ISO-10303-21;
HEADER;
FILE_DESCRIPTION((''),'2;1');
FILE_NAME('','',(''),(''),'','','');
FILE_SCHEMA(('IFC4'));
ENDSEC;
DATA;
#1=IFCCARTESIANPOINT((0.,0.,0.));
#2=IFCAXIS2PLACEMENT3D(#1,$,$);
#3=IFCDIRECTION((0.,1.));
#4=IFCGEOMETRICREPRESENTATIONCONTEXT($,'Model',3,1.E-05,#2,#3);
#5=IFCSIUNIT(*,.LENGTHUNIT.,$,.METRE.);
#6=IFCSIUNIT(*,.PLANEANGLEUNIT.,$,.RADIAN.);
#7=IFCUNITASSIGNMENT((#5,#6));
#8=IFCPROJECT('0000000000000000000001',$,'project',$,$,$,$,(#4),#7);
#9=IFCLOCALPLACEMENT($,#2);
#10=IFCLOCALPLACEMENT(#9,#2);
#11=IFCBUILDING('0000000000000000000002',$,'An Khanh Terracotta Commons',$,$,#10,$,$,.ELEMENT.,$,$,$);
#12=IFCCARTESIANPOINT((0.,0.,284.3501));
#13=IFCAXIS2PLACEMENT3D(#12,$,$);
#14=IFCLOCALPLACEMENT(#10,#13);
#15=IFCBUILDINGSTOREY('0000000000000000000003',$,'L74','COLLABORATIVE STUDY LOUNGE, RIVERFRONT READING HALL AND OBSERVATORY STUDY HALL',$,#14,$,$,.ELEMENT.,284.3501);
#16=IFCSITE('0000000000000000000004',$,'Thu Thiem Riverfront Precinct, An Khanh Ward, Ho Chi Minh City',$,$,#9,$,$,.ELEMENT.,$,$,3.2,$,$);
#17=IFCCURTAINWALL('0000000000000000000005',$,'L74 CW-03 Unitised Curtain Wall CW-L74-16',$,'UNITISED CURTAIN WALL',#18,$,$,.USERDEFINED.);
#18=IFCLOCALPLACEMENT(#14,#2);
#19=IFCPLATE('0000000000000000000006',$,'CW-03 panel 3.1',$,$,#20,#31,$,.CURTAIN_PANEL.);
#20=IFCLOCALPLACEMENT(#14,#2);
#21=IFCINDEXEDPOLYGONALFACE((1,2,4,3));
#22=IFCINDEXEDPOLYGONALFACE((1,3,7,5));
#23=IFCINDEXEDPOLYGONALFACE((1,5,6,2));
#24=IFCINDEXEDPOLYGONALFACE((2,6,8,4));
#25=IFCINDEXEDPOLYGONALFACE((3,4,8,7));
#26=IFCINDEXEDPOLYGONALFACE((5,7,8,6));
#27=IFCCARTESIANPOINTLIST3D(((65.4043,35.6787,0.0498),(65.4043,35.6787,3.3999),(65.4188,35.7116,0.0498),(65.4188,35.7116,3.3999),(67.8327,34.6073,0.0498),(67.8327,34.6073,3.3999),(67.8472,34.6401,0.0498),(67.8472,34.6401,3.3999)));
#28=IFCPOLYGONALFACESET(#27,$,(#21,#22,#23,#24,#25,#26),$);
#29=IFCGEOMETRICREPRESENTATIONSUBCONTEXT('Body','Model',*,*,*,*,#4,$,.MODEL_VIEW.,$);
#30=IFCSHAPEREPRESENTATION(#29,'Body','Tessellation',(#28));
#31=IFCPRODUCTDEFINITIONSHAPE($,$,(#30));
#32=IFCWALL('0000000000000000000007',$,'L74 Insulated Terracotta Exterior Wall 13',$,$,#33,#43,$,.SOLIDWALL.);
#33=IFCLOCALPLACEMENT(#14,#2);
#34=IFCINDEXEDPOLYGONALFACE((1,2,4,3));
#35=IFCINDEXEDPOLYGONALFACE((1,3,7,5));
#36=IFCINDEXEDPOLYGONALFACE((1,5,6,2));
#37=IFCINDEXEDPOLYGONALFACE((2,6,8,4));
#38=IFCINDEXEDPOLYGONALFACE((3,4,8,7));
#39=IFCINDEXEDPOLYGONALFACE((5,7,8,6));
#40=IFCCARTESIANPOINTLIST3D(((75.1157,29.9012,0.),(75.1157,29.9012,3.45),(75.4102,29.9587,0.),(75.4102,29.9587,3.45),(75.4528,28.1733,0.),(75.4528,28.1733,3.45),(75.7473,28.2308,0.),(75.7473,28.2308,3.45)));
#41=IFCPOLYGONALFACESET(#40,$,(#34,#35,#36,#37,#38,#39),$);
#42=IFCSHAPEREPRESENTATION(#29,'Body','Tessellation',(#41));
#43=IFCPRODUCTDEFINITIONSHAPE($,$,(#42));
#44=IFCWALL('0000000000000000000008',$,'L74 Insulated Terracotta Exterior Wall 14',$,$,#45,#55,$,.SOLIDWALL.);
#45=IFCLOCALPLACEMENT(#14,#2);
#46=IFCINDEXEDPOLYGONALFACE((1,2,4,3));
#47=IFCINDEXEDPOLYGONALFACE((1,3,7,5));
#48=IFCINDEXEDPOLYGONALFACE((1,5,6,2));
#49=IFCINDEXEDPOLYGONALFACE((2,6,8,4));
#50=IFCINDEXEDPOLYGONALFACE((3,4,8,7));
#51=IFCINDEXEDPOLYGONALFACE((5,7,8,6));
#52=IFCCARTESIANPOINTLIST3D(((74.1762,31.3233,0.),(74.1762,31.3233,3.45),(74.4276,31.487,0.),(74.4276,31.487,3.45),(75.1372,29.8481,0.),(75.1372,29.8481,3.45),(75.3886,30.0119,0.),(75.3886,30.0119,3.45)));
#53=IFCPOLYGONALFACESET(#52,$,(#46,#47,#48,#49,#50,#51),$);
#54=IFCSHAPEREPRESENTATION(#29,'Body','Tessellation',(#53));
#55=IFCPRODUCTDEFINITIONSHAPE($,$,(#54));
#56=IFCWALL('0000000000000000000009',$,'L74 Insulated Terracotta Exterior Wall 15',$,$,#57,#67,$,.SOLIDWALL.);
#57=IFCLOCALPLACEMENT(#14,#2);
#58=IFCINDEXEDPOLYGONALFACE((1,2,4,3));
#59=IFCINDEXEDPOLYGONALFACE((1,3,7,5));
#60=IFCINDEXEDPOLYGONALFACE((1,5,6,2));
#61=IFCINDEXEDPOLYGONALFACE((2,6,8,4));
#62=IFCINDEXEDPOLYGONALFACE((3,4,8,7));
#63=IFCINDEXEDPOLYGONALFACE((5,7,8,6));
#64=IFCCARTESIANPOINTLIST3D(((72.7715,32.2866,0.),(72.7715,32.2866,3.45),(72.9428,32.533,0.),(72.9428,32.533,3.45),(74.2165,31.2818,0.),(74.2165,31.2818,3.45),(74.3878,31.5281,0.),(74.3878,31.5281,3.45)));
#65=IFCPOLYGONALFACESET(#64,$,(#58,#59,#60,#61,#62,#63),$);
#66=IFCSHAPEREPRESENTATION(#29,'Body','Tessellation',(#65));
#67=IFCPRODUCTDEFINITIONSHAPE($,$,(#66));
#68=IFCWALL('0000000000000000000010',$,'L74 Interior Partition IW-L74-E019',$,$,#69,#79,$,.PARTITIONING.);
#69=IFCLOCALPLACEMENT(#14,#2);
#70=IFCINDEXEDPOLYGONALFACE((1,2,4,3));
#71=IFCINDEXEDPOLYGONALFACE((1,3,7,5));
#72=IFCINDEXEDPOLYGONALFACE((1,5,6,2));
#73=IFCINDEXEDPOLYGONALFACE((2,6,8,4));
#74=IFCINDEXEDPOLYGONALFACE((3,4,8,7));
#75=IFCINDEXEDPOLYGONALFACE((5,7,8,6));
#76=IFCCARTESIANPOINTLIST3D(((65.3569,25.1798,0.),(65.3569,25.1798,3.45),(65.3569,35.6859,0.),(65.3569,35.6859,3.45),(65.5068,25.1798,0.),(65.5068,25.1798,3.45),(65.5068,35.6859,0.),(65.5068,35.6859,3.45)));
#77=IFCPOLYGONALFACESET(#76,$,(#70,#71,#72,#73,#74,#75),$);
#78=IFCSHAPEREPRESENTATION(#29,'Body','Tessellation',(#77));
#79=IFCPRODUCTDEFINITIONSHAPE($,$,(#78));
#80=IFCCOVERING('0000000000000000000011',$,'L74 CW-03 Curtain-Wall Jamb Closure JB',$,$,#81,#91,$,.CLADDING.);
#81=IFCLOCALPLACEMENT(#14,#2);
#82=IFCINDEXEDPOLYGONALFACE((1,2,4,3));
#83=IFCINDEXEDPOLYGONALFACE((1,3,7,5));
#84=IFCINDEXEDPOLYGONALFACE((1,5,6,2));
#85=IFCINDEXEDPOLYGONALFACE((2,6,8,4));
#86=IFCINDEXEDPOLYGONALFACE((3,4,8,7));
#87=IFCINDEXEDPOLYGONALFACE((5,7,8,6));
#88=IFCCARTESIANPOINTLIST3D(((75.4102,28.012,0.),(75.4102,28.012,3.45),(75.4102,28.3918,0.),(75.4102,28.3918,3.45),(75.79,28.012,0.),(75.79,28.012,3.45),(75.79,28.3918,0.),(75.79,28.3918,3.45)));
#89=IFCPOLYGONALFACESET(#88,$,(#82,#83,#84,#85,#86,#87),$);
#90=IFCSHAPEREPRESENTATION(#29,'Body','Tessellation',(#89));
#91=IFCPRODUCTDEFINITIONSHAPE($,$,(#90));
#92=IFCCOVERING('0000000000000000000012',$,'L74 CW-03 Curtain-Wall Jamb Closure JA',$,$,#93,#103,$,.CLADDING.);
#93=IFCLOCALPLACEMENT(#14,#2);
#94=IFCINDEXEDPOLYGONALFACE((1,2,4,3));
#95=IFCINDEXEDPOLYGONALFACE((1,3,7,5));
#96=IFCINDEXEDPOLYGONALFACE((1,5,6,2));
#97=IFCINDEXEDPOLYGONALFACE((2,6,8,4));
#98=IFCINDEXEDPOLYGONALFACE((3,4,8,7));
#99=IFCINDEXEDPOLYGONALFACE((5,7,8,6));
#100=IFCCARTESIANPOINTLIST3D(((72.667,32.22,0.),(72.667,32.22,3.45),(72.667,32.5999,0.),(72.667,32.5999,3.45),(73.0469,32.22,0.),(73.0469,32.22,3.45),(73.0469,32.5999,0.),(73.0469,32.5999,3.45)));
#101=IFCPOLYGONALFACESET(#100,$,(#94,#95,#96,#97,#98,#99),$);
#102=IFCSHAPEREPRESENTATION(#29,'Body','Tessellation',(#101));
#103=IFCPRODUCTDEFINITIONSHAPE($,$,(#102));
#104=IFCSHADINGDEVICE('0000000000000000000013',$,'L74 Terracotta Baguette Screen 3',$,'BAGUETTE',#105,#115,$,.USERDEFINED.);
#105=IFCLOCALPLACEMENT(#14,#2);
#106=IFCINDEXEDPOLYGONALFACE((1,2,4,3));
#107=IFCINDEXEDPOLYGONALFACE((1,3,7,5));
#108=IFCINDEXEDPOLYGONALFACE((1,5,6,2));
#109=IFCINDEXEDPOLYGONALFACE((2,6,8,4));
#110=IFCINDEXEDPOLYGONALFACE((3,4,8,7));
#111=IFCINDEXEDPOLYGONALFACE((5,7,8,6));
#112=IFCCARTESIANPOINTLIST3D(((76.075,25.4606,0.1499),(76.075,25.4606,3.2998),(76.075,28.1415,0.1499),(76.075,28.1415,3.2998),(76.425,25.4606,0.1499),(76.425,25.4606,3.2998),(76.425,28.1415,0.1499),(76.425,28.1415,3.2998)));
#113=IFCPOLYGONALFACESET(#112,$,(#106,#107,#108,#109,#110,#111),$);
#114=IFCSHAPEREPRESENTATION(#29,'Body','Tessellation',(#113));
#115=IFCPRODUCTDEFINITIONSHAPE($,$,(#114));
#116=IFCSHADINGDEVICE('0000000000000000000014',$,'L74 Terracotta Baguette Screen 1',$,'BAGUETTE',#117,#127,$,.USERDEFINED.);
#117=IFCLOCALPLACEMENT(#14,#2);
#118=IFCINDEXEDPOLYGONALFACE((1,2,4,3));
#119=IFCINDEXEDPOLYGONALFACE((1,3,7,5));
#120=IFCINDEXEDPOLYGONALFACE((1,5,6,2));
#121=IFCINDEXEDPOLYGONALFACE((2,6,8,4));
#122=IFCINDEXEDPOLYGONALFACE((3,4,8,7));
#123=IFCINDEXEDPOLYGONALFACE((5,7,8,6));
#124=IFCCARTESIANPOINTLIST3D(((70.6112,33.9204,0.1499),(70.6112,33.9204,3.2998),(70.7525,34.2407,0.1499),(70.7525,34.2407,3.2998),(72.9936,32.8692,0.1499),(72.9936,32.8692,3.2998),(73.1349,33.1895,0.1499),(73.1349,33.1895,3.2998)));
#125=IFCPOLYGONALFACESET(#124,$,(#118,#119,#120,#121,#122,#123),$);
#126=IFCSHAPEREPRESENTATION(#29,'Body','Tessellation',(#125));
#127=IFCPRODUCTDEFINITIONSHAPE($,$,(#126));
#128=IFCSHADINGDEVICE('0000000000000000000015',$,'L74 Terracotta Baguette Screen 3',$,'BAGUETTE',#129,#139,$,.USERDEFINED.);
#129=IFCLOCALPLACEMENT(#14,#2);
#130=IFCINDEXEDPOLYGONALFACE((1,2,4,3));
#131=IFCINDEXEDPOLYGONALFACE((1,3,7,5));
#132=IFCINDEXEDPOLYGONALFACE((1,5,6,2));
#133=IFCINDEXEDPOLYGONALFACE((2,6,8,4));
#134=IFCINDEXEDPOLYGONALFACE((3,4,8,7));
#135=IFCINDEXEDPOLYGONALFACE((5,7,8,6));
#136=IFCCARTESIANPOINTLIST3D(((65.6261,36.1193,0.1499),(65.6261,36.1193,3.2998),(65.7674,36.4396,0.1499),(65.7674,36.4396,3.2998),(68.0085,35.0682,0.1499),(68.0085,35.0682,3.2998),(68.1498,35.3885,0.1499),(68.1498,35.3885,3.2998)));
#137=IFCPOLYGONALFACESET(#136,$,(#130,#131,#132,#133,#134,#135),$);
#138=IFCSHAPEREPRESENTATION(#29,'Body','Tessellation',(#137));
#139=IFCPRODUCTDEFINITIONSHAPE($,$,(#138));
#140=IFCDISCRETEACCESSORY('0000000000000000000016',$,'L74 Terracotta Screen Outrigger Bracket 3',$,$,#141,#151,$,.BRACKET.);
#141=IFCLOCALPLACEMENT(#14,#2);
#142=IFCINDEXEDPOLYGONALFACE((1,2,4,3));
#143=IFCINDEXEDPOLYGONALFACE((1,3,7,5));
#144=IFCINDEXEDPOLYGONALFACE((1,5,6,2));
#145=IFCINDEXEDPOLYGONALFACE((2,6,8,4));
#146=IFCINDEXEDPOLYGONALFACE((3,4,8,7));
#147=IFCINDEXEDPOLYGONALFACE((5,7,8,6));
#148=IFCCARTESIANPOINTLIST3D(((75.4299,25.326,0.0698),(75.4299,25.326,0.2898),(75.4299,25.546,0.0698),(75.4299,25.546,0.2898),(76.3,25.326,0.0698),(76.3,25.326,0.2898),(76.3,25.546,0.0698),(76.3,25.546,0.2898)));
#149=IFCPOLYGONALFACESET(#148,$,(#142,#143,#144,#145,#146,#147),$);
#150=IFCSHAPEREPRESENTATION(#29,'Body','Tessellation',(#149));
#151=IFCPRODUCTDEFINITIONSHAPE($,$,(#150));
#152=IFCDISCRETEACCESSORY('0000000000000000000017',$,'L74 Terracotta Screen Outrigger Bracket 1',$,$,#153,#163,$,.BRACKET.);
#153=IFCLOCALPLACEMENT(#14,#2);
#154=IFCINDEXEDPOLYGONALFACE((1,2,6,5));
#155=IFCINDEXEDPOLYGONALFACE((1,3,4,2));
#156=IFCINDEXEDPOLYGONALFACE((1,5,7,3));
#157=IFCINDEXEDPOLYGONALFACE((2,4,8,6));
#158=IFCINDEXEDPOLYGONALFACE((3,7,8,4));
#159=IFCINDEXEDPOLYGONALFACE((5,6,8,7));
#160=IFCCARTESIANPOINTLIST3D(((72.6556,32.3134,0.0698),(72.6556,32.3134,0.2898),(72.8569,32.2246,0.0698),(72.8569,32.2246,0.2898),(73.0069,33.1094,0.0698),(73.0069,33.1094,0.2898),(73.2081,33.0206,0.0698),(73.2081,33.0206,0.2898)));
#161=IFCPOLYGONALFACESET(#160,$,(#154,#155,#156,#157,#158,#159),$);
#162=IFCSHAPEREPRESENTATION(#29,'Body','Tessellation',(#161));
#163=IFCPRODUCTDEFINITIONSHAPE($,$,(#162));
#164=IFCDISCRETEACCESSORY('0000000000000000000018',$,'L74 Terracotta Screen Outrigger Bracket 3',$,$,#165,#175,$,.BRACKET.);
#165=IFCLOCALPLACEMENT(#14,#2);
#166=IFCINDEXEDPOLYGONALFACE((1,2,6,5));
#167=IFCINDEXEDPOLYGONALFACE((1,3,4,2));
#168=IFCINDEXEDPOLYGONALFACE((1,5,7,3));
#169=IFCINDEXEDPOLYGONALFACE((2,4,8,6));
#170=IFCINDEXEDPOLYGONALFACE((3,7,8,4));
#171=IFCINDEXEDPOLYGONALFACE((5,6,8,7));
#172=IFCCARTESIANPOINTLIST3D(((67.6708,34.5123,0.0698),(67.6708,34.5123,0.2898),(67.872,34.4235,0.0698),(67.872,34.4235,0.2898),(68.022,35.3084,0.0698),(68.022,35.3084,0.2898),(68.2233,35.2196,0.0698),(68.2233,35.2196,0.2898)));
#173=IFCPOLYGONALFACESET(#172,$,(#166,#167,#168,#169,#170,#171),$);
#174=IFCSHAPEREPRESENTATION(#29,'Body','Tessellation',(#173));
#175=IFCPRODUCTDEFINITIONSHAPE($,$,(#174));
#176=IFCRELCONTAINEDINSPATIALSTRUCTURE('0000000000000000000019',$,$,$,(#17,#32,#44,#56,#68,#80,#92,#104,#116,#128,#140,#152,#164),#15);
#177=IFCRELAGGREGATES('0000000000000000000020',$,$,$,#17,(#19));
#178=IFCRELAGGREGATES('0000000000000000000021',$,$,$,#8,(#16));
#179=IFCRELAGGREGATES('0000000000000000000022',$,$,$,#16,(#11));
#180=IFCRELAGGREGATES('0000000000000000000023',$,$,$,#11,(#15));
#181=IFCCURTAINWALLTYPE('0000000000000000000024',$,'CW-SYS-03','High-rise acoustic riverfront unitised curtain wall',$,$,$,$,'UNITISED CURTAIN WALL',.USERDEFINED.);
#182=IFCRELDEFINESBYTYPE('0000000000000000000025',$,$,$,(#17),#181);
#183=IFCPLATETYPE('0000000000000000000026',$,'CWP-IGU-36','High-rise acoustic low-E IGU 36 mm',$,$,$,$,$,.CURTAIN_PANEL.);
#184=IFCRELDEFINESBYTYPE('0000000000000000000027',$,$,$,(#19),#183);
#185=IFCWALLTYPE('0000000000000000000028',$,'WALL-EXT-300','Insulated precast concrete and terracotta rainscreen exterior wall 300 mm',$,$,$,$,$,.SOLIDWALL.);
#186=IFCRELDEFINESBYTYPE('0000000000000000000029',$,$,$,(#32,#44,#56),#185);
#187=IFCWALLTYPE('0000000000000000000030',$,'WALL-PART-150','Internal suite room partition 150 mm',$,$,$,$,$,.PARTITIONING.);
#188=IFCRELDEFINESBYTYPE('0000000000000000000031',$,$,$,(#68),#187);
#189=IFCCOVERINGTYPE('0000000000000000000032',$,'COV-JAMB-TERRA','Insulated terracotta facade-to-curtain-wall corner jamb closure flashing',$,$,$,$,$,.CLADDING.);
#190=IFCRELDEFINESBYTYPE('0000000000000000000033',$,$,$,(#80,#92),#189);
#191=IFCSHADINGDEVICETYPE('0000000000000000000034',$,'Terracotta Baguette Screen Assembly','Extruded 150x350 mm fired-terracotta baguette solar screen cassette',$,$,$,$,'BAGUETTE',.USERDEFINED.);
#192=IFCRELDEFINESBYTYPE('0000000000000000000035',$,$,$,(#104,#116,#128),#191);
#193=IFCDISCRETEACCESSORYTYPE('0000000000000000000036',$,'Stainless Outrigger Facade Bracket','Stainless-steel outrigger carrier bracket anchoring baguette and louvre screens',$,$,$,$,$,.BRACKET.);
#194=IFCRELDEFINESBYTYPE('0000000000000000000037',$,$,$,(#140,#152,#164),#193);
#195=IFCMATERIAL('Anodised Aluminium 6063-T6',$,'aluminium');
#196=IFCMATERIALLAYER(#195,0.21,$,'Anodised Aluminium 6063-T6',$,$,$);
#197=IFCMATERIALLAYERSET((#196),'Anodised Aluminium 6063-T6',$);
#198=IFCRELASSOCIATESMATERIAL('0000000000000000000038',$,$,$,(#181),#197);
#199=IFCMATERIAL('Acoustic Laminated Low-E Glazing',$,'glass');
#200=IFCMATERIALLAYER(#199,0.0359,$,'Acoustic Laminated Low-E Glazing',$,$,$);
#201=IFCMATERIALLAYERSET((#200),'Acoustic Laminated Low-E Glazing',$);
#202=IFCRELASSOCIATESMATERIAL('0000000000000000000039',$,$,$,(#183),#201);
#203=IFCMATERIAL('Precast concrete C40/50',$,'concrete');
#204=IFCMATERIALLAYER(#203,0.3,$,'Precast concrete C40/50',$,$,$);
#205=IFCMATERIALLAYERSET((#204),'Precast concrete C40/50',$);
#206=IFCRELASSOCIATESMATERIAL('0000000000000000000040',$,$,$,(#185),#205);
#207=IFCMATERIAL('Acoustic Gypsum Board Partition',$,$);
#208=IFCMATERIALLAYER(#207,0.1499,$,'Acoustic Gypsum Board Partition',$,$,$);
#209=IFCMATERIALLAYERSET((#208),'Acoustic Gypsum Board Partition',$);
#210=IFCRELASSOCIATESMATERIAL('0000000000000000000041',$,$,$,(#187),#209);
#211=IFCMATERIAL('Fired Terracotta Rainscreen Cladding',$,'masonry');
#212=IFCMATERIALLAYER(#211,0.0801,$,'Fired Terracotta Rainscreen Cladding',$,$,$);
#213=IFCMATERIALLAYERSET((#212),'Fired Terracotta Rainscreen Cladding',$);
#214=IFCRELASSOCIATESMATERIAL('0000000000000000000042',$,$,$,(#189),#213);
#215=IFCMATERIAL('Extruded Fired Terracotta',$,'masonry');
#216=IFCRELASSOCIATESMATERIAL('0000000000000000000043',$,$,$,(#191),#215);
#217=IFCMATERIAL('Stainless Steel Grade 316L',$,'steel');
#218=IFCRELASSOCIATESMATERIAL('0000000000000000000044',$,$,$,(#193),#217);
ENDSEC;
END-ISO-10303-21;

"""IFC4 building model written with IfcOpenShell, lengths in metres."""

from ifc_helpers import new_model, si_unit, direction, frame, frame_2d, origin, origin_2d, place, context, subcontext, project, spatial, rectangle, extrude, material, layer, layer_set, type_object, element, aggregate, save


model = new_model("IFC4")

# Units and contexts
model_context = context("Model", 3, precision=1e-05, world=origin(), true_north=direction((0.0, 1.0)))
body_context = subcontext(model_context, "Body", "Model", "MODEL_VIEW")
ifc_project = project(units=[si_unit("LENGTHUNIT", "METRE"), si_unit("PLANEANGLEUNIT", "RADIAN")], contexts=[model_context])

# Site, building, storey
site_placement = place(None, origin())
site = spatial("IfcSite", under=ifc_project, at=site_placement, Name="Thu Thiem Riverfront Precinct, An Khanh Ward, Ho Chi Minh City", CompositionType="ELEMENT", RefElevation=3.2)
building_placement = place(site_placement, origin())
building = spatial("IfcBuilding", under=site, at=building_placement, Name="An Khanh Terracotta Commons", CompositionType="ELEMENT")
storey_placement = place(building_placement, frame((0.0, 0.0, 284.3501)))
storey = spatial("IfcBuildingStorey", under=building, at=storey_placement, Name="L74", Description="COLLABORATIVE STUDY LOUNGE, RIVERFRONT READING HALL AND OBSERVATORY STUDY HALL", CompositionType="ELEMENT", Elevation=284.3501)

# Curtain wall
ifc_material_1 = material(Name="Anodised Aluminium 6063-T6", Category="aluminium")
ifc_layer_1 = layer(ifc_material_1, 0.21, Name="Anodised Aluminium 6063-T6")
ifc_layer_set_1 = layer_set([ifc_layer_1], Name="Anodised Aluminium 6063-T6")
curtain_wall_type = type_object("IfcCurtainWallType", Name="CW-SYS-03", Description="High-rise acoustic riverfront unitised curtain wall", ElementType="UNITISED CURTAIN WALL", PredefinedType="USERDEFINED", material=ifc_layer_set_1)
curtain_wall_1_placement = place(storey_placement, origin())
curtain_wall_1 = element("IfcCurtainWall", 1, at=curtain_wall_1_placement, inside=storey, type_object=curtain_wall_type, Name="L74 CW-03 Unitised Curtain Wall CW-L74-16", ObjectType="UNITISED CURTAIN WALL", PredefinedType="USERDEFINED")

# Plate
ifc_material_2 = material(Name="Acoustic Laminated Low-E Glazing", Category="glass")
ifc_layer_2 = layer(ifc_material_2, 0.0359, Name="Acoustic Laminated Low-E Glazing")
ifc_layer_set_2 = layer_set([ifc_layer_2], Name="Acoustic Laminated Low-E Glazing")
plate_type = type_object("IfcPlateType", Name="CWP-IGU-36", Description="High-rise acoustic low-E IGU 36 mm", PredefinedType="CURTAIN_PANEL", material=ifc_layer_set_2)
plate_1_placement = place(storey_placement, frame((66.6257, 35.1594, 0.0498), z_axis=(0.0, 0.0, 1.0), x_axis=(-0.914902, 0.403676, 0.0)))
plate_1 = element("IfcPlate", 2, at=plate_1_placement, type_object=plate_type, Name="CW-03 panel 3.1", PredefinedType="CURTAIN_PANEL", context=body_context, shape_type="SweptSolid", body=[
    extrude(rectangle(XDim=2.6543, YDim=0.0359, at=origin_2d()), origin(), (0.0, 0.0, 1.0), 3.3501),
])
aggregate(curtain_wall_1, [plate_1])

# Walls
ifc_material_3 = material(Name="Precast concrete C40/50", Category="concrete")
ifc_layer_3 = layer(ifc_material_3, 0.3, Name="Precast concrete C40/50")
ifc_layer_set_3 = layer_set([ifc_layer_3], Name="Precast concrete C40/50")
wall_type_1 = type_object("IfcWallType", Name="WALL-EXT-300", Description="Insulated precast concrete and terracotta rainscreen exterior wall 300 mm", PredefinedType="SOLIDWALL", material=ifc_layer_set_3)
for number, where, z_axis, x_axis, name in (
    (3, (75.6001, 28.2019, 0.0), (0.0, 0.0, 1.0), (-0.191501, 0.981492, 0.0), "L74 Insulated Terracotta Exterior Wall 13"),
    (4, (75.2629, 29.9299, 0.0), (0.0, 0.0, 1.0), (-0.545836, 0.837892, 0.0), "L74 Insulated Terracotta Exterior Wall 14"),
):
    element("IfcWall", number, at=place(storey_placement, frame(where, z_axis=z_axis, x_axis=x_axis)), inside=storey, type_object=wall_type_1, Name=name, PredefinedType="SOLIDWALL", context=body_context, shape_type="SweptSolid", body=[
        extrude(rectangle(XDim=1.7605, YDim=0.3, at=frame_2d((0.8804, 0.0))), origin(), (0.0, 0.0, 1.0), 3.45),
    ])
wall_1_placement = place(storey_placement, frame((74.302, 31.405, 0.0), z_axis=(0.0, 0.0, 1.0), x_axis=(-0.821007, 0.570918, 0.0)))
element("IfcWall", 5, at=wall_1_placement, inside=storey, type_object=wall_type_1, Name="L74 Insulated Terracotta Exterior Wall 15", PredefinedType="SOLIDWALL", context=body_context, shape_type="SweptSolid", body=[
    extrude(rectangle(XDim=1.76, YDim=0.3, at=frame_2d((0.8799, 0.0))), origin(), (0.0, 0.0, 1.0), 3.45),
])
ifc_material_4 = material(Name="Acoustic Gypsum Board Partition")
ifc_layer_4 = layer(ifc_material_4, 0.1499, Name="Acoustic Gypsum Board Partition")
ifc_layer_set_4 = layer_set([ifc_layer_4], Name="Acoustic Gypsum Board Partition")
wall_type_2 = type_object("IfcWallType", Name="WALL-PART-150", Description="Internal suite room partition 150 mm", PredefinedType="PARTITIONING", material=ifc_layer_set_4)
wall_2_placement = place(storey_placement, frame((65.4319, 25.1799, 0.0), z_axis=(0.0, 0.0, 1.0), x_axis=(0.0, 1.0, 0.0)))
element("IfcWall", 6, at=wall_2_placement, inside=storey, type_object=wall_type_2, Name="L74 Interior Partition IW-L74-E019", PredefinedType="PARTITIONING", context=body_context, shape_type="SweptSolid", body=[
    extrude(rectangle(XDim=10.5061, YDim=0.1499, at=frame_2d((5.2529, 0.0))), origin(), (0.0, 0.0, 1.0), 3.45),
])

# Coverings
ifc_material_5 = material(Name="Fired Terracotta Rainscreen Cladding", Category="masonry")
ifc_layer_5 = layer(ifc_material_5, 0.0801, Name="Fired Terracotta Rainscreen Cladding")
ifc_layer_set_5 = layer_set([ifc_layer_5], Name="Fired Terracotta Rainscreen Cladding")
covering_type = type_object("IfcCoveringType", Name="COV-JAMB-TERRA", Description="Insulated terracotta facade-to-curtain-wall corner jamb closure flashing", PredefinedType="CLADDING", material=ifc_layer_set_5)
for number, where, z_axis, x_axis, name in (
    (7, (75.6001, 28.2019, 0.0), (0.0, 0.0, 1.0), (1.0, 0.0, 0.0), "L74 CW-03 Curtain-Wall Jamb Closure JB"),
    (8, (72.8569, 32.4099, 0.0), (0.0, 0.0, 1.0), (1.0, 0.0, 0.0), "L74 CW-03 Curtain-Wall Jamb Closure JA"),
):
    element("IfcCovering", number, at=place(storey_placement, frame(where, z_axis=z_axis, x_axis=x_axis)), inside=storey, type_object=covering_type, Name=name, PredefinedType="CLADDING", context=body_context, shape_type="SweptSolid", body=[
        extrude(rectangle(XDim=0.3799, YDim=0.3799, at=origin_2d()), origin(), (0.0, 0.0, 1.0), 3.45),
    ])

# Shading devices
ifc_material_6 = material(Name="Extruded Fired Terracotta", Category="masonry")
shading_device_type = type_object("IfcShadingDeviceType", Name="Terracotta Baguette Screen Assembly", Description="Extruded 150x350 mm fired-terracotta baguette solar screen cassette", ElementType="BAGUETTE", PredefinedType="USERDEFINED", material=ifc_material_6)
shading_device_placement = place(storey_placement, frame((76.25, 26.801, 0.1499), z_axis=(0.0, 0.0, 1.0), x_axis=(0.0, 1.0, 0.0)))
element("IfcShadingDevice", 9, at=shading_device_placement, inside=storey, type_object=shading_device_type, Name="L74 Terracotta Baguette Screen 3", ObjectType="BAGUETTE", PredefinedType="USERDEFINED", context=body_context, shape_type="SweptSolid", body=[
    extrude(rectangle(XDim=2.6809, YDim=0.3501, at=origin_2d()), origin(), (0.0, 0.0, 1.0), 3.1499),
])
for number, where, z_axis, x_axis, name in (
    (10, (71.873, 33.5549, 0.1499), (0.0, 0.0, 1.0), (-0.914902, 0.403676, 0.0), "L74 Terracotta Baguette Screen 1"),
    (11, (66.8879, 35.7539, 0.1499), (0.0, 0.0, 1.0), (-0.914902, 0.403676, 0.0), "L74 Terracotta Baguette Screen 3"),
):
    element("IfcShadingDevice", number, at=place(storey_placement, frame(where, z_axis=z_axis, x_axis=x_axis)), inside=storey, type_object=shading_device_type, Name=name, ObjectType="BAGUETTE", PredefinedType="USERDEFINED", context=body_context, shape_type="SweptSolid", body=[
        extrude(rectangle(XDim=2.604, YDim=0.3501, at=origin_2d()), origin(), (0.0, 0.0, 1.0), 3.1499),
    ])

# Discrete accessories
ifc_material_7 = material(Name="Stainless Steel Grade 316L", Category="steel")
discrete_accessory_type = type_object("IfcDiscreteAccessoryType", Name="Stainless Outrigger Facade Bracket", Description="Stainless-steel outrigger carrier bracket anchoring baguette and louvre screens", PredefinedType="BRACKET", material=ifc_material_7)
for number, where, z_axis, x_axis, name in (
    (12, (75.865, 25.436, 0.0698), (0.0, 0.0, 1.0), (0.0, 1.0, 0.0), "L74 Terracotta Screen Outrigger Bracket 3"),
    (13, (72.9319, 32.667, 0.0698), (0.0, 0.0, 1.0), (-0.914902, 0.403676, 0.0), "L74 Terracotta Screen Outrigger Bracket 1"),
    (14, (67.947, 34.866, 0.0698), (0.0, 0.0, 1.0), (-0.914902, 0.403676, 0.0), "L74 Terracotta Screen Outrigger Bracket 3"),
):
    element("IfcDiscreteAccessory", number, at=place(storey_placement, frame(where, z_axis=z_axis, x_axis=x_axis)), inside=storey, type_object=discrete_accessory_type, Name=name, PredefinedType="BRACKET", context=body_context, shape_type="SweptSolid", body=[
        extrude(rectangle(XDim=0.22, YDim=0.8701, at=origin_2d()), origin(), (0.0, 0.0, 1.0), 0.22),
    ])

save(model, "model.ifc")
